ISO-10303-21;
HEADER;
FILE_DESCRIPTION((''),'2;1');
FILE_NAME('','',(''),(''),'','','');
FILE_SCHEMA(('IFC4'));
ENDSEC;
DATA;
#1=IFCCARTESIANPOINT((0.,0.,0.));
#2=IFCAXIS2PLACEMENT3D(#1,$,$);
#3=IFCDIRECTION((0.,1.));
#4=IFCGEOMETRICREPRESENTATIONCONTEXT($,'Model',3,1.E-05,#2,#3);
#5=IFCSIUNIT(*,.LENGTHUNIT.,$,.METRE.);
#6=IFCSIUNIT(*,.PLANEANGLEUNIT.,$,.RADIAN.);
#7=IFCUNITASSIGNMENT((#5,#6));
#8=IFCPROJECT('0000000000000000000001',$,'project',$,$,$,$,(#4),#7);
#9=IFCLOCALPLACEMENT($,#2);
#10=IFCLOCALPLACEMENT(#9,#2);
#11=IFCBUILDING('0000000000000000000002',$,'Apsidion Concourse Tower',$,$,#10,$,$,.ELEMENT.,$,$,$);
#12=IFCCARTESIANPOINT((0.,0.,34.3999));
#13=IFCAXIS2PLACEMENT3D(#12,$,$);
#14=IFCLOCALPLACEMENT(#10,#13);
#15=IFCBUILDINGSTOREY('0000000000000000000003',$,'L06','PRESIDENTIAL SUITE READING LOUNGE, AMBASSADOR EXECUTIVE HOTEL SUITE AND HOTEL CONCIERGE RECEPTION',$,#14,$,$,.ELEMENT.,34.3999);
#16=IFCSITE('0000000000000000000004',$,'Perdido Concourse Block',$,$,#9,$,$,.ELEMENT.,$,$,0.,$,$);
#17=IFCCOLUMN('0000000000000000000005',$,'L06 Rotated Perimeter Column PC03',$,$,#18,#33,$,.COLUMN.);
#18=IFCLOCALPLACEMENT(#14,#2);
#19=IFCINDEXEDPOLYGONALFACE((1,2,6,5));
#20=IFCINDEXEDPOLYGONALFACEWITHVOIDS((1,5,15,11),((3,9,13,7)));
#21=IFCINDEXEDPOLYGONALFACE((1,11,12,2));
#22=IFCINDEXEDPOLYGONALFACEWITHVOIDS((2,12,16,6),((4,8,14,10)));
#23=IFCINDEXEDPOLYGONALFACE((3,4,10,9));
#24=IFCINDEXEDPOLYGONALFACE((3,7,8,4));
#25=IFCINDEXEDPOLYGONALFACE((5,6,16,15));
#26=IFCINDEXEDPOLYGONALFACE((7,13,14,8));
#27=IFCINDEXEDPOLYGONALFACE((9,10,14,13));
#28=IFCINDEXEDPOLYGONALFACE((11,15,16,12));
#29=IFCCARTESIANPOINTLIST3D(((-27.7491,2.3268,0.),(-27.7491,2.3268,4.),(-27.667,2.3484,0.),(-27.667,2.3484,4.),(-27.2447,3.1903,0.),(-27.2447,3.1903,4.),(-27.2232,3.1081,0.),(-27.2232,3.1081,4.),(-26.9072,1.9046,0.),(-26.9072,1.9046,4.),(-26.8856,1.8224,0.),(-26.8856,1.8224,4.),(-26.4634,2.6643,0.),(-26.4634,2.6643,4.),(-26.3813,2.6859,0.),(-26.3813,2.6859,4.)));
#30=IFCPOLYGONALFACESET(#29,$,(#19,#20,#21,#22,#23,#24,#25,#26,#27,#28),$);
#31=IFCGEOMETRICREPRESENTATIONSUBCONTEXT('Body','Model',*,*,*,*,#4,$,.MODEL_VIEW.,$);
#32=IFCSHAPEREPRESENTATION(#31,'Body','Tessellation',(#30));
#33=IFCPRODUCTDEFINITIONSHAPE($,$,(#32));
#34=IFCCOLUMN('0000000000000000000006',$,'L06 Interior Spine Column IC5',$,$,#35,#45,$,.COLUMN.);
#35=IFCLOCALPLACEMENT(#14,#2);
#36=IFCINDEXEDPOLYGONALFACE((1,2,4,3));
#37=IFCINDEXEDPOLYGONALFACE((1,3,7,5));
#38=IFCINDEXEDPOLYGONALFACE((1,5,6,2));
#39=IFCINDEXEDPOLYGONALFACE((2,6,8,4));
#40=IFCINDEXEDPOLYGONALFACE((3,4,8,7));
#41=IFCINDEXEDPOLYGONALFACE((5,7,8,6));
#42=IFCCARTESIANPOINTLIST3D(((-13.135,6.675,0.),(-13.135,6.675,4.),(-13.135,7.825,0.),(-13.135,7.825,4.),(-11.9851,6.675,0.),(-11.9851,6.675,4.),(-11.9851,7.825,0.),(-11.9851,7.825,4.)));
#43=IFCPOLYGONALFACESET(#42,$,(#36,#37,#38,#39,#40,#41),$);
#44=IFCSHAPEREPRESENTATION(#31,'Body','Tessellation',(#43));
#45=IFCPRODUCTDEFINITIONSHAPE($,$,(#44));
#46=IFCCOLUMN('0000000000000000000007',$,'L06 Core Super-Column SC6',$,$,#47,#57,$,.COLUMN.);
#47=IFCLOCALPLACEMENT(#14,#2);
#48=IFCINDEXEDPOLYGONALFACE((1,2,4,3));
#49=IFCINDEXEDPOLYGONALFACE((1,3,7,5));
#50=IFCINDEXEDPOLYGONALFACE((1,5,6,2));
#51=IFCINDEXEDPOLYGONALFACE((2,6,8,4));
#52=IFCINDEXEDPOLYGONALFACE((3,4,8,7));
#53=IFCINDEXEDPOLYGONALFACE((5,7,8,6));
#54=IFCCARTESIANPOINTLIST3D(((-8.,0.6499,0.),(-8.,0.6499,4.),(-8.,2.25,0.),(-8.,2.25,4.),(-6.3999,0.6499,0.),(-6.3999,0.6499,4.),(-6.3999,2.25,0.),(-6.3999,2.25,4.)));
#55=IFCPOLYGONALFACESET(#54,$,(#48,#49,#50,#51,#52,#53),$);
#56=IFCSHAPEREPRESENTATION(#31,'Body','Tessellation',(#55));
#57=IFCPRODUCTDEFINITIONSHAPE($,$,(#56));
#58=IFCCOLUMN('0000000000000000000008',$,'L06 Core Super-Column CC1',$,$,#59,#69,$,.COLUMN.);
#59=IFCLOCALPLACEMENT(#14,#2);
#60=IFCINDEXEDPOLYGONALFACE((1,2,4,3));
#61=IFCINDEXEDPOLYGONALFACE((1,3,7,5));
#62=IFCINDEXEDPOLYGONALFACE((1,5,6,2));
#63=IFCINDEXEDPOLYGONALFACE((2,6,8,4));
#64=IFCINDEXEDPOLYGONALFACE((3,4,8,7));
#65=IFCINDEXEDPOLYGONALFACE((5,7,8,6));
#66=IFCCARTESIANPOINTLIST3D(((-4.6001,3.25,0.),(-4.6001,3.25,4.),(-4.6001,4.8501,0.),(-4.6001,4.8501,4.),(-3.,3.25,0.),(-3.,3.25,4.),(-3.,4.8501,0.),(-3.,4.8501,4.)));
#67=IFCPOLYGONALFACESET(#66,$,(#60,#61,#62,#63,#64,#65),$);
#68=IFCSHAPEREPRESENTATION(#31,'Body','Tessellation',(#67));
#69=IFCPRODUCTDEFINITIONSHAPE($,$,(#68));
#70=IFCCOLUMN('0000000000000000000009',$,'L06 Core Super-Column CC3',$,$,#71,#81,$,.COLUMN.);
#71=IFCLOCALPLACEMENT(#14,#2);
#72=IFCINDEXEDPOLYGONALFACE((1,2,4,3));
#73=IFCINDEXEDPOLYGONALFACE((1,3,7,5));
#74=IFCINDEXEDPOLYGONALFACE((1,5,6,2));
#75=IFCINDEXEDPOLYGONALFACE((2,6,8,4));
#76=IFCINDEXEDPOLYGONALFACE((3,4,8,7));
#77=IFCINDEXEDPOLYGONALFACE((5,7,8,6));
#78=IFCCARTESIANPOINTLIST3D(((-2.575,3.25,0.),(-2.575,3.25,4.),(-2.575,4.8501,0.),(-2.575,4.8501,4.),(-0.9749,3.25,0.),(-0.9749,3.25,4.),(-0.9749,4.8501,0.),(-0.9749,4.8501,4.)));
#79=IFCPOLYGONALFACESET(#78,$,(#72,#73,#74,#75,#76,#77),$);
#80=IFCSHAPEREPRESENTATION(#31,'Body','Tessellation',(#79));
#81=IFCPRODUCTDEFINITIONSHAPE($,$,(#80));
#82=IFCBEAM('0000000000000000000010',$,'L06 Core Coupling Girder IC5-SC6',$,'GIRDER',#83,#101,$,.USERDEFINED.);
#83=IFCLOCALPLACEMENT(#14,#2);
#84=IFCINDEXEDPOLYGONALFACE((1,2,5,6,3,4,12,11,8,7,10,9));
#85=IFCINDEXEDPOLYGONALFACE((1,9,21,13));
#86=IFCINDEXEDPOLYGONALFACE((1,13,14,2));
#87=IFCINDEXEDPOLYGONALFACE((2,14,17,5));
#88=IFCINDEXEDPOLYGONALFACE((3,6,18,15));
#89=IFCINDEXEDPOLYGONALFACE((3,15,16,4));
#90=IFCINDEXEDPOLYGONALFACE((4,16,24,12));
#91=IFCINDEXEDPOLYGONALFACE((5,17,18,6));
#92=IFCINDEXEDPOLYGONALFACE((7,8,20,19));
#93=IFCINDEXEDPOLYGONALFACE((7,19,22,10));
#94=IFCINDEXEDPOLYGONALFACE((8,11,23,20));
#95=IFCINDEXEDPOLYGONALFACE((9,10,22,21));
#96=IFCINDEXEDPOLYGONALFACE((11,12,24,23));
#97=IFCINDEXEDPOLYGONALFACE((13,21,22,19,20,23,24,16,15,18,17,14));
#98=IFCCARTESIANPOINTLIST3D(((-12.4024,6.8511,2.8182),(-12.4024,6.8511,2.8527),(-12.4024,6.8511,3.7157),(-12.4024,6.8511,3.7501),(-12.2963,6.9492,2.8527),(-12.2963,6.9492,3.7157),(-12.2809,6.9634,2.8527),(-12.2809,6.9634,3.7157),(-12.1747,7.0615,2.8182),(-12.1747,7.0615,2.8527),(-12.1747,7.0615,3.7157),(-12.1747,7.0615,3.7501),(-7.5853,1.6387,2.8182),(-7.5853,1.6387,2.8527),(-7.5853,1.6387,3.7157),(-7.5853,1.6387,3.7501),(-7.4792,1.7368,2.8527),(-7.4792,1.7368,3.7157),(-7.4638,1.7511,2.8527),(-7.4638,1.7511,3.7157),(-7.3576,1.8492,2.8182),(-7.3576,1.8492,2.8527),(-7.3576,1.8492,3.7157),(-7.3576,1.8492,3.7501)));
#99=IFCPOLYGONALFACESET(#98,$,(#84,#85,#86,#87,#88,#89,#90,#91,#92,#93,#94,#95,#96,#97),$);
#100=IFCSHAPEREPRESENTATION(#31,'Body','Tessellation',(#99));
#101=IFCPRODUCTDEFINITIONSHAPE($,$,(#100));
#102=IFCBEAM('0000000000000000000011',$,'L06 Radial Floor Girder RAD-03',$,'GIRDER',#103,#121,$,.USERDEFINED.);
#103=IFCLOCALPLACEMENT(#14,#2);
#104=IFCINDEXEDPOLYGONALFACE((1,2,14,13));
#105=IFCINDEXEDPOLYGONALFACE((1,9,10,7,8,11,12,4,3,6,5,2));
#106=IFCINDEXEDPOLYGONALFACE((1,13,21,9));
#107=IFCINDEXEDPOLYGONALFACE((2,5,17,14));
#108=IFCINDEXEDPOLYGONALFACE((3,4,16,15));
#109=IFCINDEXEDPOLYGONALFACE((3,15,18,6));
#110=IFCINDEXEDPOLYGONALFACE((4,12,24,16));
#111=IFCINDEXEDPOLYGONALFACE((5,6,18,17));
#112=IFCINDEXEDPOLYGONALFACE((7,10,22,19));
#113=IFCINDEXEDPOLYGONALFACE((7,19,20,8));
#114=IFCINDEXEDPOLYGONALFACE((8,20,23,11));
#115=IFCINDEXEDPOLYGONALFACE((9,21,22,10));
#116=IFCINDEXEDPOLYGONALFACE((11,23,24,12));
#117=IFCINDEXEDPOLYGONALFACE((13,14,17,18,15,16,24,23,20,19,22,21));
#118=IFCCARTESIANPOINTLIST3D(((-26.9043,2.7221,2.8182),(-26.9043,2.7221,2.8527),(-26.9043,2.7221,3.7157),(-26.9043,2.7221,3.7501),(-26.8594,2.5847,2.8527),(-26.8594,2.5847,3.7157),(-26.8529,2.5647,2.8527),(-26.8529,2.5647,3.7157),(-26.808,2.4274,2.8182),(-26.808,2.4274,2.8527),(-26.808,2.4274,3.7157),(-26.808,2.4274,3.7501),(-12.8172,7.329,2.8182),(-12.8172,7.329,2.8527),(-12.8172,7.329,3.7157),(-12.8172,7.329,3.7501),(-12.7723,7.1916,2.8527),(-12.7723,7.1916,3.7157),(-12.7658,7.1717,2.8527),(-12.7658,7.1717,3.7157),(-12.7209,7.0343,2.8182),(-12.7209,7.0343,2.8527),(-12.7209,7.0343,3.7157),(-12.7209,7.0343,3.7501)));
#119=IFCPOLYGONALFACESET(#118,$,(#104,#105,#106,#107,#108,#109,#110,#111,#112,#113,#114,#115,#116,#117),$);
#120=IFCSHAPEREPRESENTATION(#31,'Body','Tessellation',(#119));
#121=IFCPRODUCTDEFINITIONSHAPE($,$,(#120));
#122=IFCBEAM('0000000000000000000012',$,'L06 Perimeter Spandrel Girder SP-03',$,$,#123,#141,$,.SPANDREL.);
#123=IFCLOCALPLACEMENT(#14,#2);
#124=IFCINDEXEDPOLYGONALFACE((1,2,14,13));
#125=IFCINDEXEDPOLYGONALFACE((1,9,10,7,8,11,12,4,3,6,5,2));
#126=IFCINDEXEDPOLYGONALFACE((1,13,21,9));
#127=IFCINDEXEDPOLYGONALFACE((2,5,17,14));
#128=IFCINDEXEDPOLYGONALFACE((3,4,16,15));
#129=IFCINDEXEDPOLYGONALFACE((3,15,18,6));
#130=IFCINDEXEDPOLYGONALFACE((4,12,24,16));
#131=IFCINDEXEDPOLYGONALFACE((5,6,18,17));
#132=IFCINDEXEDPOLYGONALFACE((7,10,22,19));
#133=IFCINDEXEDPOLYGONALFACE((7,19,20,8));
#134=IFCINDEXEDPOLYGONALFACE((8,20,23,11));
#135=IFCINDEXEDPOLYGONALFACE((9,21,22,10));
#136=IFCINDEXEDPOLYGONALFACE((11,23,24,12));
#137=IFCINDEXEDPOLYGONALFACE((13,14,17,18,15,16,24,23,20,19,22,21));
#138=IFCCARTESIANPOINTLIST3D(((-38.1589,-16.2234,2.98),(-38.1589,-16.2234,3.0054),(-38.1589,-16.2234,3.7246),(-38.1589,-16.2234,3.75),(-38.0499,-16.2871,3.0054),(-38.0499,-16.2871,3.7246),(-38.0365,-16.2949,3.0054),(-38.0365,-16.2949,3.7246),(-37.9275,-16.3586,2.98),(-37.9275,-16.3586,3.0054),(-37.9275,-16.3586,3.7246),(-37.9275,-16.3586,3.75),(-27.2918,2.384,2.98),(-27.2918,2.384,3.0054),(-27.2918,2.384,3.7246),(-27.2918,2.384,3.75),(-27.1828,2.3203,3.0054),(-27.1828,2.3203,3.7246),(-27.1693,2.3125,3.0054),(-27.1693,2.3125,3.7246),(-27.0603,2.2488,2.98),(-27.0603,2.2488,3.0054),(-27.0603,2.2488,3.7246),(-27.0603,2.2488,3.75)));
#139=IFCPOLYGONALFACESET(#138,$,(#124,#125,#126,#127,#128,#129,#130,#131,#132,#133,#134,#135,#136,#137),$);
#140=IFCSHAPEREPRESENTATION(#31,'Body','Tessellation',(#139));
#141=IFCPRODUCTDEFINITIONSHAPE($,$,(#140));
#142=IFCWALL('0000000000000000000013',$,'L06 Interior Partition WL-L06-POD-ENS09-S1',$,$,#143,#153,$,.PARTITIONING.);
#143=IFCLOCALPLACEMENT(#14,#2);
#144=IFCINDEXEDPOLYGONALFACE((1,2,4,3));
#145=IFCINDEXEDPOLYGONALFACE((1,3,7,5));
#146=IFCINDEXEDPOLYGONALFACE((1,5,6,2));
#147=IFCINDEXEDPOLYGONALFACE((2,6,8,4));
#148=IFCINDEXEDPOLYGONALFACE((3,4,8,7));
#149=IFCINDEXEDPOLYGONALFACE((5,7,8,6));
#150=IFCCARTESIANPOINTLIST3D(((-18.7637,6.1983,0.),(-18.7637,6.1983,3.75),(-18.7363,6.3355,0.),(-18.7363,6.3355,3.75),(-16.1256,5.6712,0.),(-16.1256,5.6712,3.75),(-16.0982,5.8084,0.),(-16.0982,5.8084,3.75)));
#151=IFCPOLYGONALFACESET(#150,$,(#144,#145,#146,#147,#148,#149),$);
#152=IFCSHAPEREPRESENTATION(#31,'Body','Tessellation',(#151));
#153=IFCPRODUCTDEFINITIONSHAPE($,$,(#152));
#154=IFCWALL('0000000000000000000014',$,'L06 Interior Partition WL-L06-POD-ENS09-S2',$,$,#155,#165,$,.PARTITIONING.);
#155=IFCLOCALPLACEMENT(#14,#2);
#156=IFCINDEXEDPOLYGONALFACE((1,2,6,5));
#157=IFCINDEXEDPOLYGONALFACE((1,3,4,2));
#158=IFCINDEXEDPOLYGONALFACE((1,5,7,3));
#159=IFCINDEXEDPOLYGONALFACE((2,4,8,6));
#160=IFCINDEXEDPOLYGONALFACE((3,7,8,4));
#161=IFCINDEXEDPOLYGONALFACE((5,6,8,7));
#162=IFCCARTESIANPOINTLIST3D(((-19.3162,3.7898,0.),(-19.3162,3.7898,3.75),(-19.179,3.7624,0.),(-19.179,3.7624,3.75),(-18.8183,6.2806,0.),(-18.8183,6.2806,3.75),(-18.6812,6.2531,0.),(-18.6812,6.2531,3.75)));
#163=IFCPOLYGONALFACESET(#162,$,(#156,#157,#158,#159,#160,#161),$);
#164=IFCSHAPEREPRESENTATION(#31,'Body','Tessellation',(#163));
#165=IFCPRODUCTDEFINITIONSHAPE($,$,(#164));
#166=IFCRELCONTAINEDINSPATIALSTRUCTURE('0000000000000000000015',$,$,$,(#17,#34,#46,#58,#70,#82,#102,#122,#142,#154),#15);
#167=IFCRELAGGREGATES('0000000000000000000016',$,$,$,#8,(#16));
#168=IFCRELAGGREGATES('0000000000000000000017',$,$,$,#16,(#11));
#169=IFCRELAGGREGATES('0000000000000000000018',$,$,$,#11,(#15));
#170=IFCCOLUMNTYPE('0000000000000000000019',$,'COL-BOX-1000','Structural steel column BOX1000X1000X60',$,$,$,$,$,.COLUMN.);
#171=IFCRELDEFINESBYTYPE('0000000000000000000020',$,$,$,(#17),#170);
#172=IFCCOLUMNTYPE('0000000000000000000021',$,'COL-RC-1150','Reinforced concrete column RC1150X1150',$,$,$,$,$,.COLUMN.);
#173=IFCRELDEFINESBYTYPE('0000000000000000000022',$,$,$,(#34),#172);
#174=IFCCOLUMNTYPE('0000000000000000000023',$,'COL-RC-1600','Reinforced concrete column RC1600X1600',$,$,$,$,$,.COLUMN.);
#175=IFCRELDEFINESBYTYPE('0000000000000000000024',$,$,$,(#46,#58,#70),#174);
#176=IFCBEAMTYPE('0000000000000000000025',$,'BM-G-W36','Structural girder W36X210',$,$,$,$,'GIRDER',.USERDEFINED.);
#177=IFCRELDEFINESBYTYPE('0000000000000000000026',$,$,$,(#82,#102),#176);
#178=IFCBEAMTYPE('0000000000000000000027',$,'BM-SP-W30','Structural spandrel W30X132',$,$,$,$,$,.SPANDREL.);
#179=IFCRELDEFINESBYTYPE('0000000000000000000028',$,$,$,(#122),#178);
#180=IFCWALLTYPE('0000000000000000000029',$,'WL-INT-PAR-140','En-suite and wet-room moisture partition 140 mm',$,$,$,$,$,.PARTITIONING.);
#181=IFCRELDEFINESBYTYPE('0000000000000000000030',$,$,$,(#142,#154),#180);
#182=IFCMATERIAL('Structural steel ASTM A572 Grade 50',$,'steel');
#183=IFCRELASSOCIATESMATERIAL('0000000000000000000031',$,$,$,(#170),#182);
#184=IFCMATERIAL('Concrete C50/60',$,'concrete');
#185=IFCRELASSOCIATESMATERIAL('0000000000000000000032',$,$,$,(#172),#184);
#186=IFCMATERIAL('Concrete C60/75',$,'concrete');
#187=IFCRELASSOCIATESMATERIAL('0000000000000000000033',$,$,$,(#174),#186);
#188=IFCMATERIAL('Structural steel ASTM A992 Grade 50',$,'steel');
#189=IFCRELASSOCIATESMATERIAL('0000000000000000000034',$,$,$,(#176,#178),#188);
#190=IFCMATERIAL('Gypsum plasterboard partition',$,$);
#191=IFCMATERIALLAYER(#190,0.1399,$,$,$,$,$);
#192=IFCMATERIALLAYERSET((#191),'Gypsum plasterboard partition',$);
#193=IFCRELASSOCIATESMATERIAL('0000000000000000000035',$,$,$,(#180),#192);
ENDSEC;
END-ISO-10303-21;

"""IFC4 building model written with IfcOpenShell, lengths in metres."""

from ifc_helpers import new_model, si_unit, direction, frame, frame_2d, origin, origin_2d, place, context, subcontext, project, spatial, rectangle, hollow_rectangle, i_section, extrude, material, layer, layer_set, material_profile, profile_set, type_object, element, save


model = new_model("IFC4")

# Units and contexts
model_context = context("Model", 3, precision=1e-05, world=origin(), true_north=direction((0.0, 1.0)))
body_context = subcontext(model_context, "Body", "Model", "MODEL_VIEW")
ifc_project = project(units=[si_unit("LENGTHUNIT", "METRE"), si_unit("PLANEANGLEUNIT", "RADIAN")], contexts=[model_context])

# Site, building, storey
site_placement = place(None, origin())
site = spatial("IfcSite", under=ifc_project, at=site_placement, Name="Perdido Concourse Block", CompositionType="ELEMENT", RefElevation=0.0)
building_placement = place(site_placement, origin())
building = spatial("IfcBuilding", under=site, at=building_placement, Name="Apsidion Concourse Tower", CompositionType="ELEMENT")
storey_placement = place(building_placement, frame((0.0, 0.0, 34.3999)))
storey = spatial("IfcBuildingStorey", under=building, at=storey_placement, Name="L06", Description="PRESIDENTIAL SUITE READING LOUNGE, AMBASSADOR EXECUTIVE HOTEL SUITE AND HOTEL CONCIERGE RECEPTION", CompositionType="ELEMENT", Elevation=34.3999)

# Columns
ifc_material_1 = material(Name="Structural steel ASTM A572 Grade 50", Category="steel")
ifc_material_profile_1 = material_profile(ifc_material_1, hollow_rectangle(XDim=1.0, YDim=1.0, WallThickness=0.0601, at=origin_2d()), Name="BOX1000X1000X60")
ifc_profile_set_1 = profile_set([ifc_material_profile_1], Name="Structural steel ASTM A572 Grade 50")
column_type_1 = type_object("IfcColumnType", Name="COL-BOX-1000", Description="Structural steel column BOX1000X1000X60", PredefinedType="COLUMN", material=ifc_profile_set_1)
column_1_placement = place(storey_placement, frame((-27.0652, 2.5063, 0.0), z_axis=(0.0, 0.0, 1.0), x_axis=(0.504377, 0.863484, 0.0)))
element("IfcColumn", 1, at=column_1_placement, inside=storey, type_object=column_type_1, Name="L06 Rotated Perimeter Column PC03", PredefinedType="COLUMN", context=body_context, shape_type="SweptSolid", body=[
    extrude(hollow_rectangle(XDim=1.0, YDim=1.0, WallThickness=0.0601, at=origin_2d()), origin(), (0.0, 0.0, 1.0), 4.0),
])
ifc_material_2 = material(Name="Concrete C50/60", Category="concrete")
ifc_material_profile_2 = material_profile(ifc_material_2, rectangle(XDim=1.1499, YDim=1.1499, at=origin_2d()), Name="RC 1150x1150")
ifc_profile_set_2 = profile_set([ifc_material_profile_2], Name="Concrete C50/60")
column_type_2 = type_object("IfcColumnType", Name="COL-RC-1150", Description="Reinforced concrete column RC1150X1150", PredefinedType="COLUMN", material=ifc_profile_set_2)
column_2_placement = place(storey_placement, frame((-12.5601, 7.25, 0.0), z_axis=(0.0, 0.0, 1.0), x_axis=(1.0, 0.0, 0.0)))
element("IfcColumn", 2, at=column_2_placement, inside=storey, type_object=column_type_2, Name="L06 Interior Spine Column IC5", PredefinedType="COLUMN", context=body_context, shape_type="SweptSolid", body=[
    extrude(rectangle(XDim=1.1499, YDim=1.1499, at=origin_2d()), origin(), (0.0, 0.0, 1.0), 4.0),
])
ifc_material_3 = material(Name="Concrete C60/75", Category="concrete")
ifc_material_profile_3 = material_profile(ifc_material_3, rectangle(XDim=1.6001, YDim=1.6001, at=origin_2d()), Name="RC 1600x1600")
ifc_profile_set_3 = profile_set([ifc_material_profile_3], Name="Concrete C60/75")
column_type_3 = type_object("IfcColumnType", Name="COL-RC-1600", Description="Reinforced concrete column RC1600X1600", PredefinedType="COLUMN", material=ifc_profile_set_3)
for number, where, z_axis, x_axis, name in (
    (3, (-7.2, 1.45, 0.0), (0.0, 0.0, 1.0), (1.0, 0.0, 0.0), "L06 Core Super-Column SC6"),
    (4, (-3.8, 4.05, 0.0), (0.0, 0.0, 1.0), (1.0, 0.0, 0.0), "L06 Core Super-Column CC1"),
    (5, (-1.7749, 4.05, 0.0), (0.0, 0.0, 1.0), (1.0, 0.0, 0.0), "L06 Core Super-Column CC3"),
):
    element("IfcColumn", number, at=place(storey_placement, frame(where, z_axis=z_axis, x_axis=x_axis)), inside=storey, type_object=column_type_3, Name=name, PredefinedType="COLUMN", context=body_context, shape_type="SweptSolid", body=[
        extrude(rectangle(XDim=1.6001, YDim=1.6001, at=origin_2d()), origin(), (0.0, 0.0, 1.0), 4.0),
    ])

# Beams
ifc_material_4 = material(Name="Structural steel ASTM A992 Grade 50", Category="steel")
ifc_material_profile_4 = material_profile(ifc_material_4, i_section(OverallWidth=0.3101, OverallDepth=0.9319, WebThickness=0.021, FlangeThickness=0.0344, at=origin_2d()), Name="W36X210")
ifc_profile_set_4 = profile_set([ifc_material_profile_4], Name="Structural steel ASTM A992 Grade 50")
beam_type_1 = type_object("IfcBeamType", Name="BM-G-W36", Description="Structural girder W36X210", ElementType="GIRDER", PredefinedType="USERDEFINED", material=ifc_profile_set_4)
beam_1_placement = place(storey_placement, frame((-12.2886, 6.9563, 3.2842), z_axis=(0.678713, -0.734404, 0.0), x_axis=(0.734404, 0.678713, 0.0)))
element("IfcBeam", 6, at=beam_1_placement, inside=storey, type_object=beam_type_1, Name="L06 Core Coupling Girder IC5-SC6", ObjectType="GIRDER", PredefinedType="USERDEFINED", context=body_context, shape_type="SweptSolid", body=[
    extrude(i_section(OverallWidth=0.3101, OverallDepth=0.9319, WebThickness=0.021, FlangeThickness=0.0344, at=origin_2d()), origin(), (0.0, 0.0, 1.0), 7.0974),
])
beam_2_placement = place(storey_placement, frame((-12.769, 7.1816, 3.2842), z_axis=(-0.950465, -0.310831, 0.0), x_axis=(0.310831, -0.950465, 0.0)))
element("IfcBeam", 7, at=beam_2_placement, inside=storey, type_object=beam_type_1, Name="L06 Radial Floor Girder RAD-03", ObjectType="GIRDER", PredefinedType="USERDEFINED", context=body_context, shape_type="SweptSolid", body=[
    extrude(i_section(OverallWidth=0.3101, OverallDepth=0.9319, WebThickness=0.021, FlangeThickness=0.0344, at=origin_2d()), origin(), (0.0, 0.0, 1.0), 14.8213),
])
ifc_material_profile_5 = material_profile(ifc_material_4, i_section(OverallWidth=0.2681, OverallDepth=0.77, WebThickness=0.0156, FlangeThickness=0.0254, at=origin_2d()), Name="W30X132")
ifc_profile_set_5 = profile_set([ifc_material_profile_5], Name="Structural steel ASTM A992 Grade 50")
beam_type_2 = type_object("IfcBeamType", Name="BM-SP-W30", Description="Structural spandrel W30X132", PredefinedType="SPANDREL", material=ifc_profile_set_5)
beam_3_placement = place(storey_placement, frame((-27.176, 2.3164, 3.365), z_axis=(-0.504316, -0.863519, 0.0), x_axis=(0.863519, -0.504316, 0.0)))
element("IfcBeam", 8, at=beam_3_placement, inside=storey, type_object=beam_type_2, Name="L06 Perimeter Spandrel Girder SP-03", PredefinedType="SPANDREL", context=body_context, shape_type="SweptSolid", body=[
    extrude(i_section(OverallWidth=0.2681, OverallDepth=0.77, WebThickness=0.0156, FlangeThickness=0.0254, at=origin_2d()), origin(), (0.0, 0.0, 1.0), 21.5483),
])

# Walls
ifc_material_5 = material(Name="Gypsum plasterboard partition")
ifc_layer_1 = layer(ifc_material_5, 0.1399)
ifc_layer_set_1 = layer_set([ifc_layer_1], Name="Gypsum plasterboard partition")
wall_type_1 = type_object("IfcWallType", Name="WL-INT-PAR-140", Description="En-suite and wet-room moisture partition 140 mm", PredefinedType="PARTITIONING", material=ifc_layer_set_1)
wall_1_placement = place(storey_placement, frame((-16.1118, 5.7397, 0.0), z_axis=(0.0, 0.0, 1.0), x_axis=(-0.980616, 0.195942, 0.0)))
element("IfcWall", 9, at=wall_1_placement, inside=storey, type_object=wall_type_1, Name="L06 Interior Partition WL-L06-POD-ENS09-S1", PredefinedType="PARTITIONING", context=body_context, shape_type="SweptSolid", body=[
    extrude(rectangle(XDim=2.6902, YDim=0.1399, at=frame_2d((1.3452, 0.0))), origin(), (0.0, 0.0, 1.0), 3.75),
])
wall_2_placement = place(storey_placement, frame((-18.7498, 6.2668, 0.0), z_axis=(0.0, 0.0, 1.0), x_axis=(-0.195987, -0.980607, 0.0)))
element("IfcWall", 10, at=wall_2_placement, inside=storey, type_object=wall_type_1, Name="L06 Interior Partition WL-L06-POD-ENS09-S2", PredefinedType="PARTITIONING", context=body_context, shape_type="SweptSolid", body=[
    extrude(rectangle(XDim=2.54, YDim=0.1399, at=frame_2d((1.27, 0.0))), origin(), (0.0, 0.0, 1.0), 3.75),
])

save(model, "model.ifc")
